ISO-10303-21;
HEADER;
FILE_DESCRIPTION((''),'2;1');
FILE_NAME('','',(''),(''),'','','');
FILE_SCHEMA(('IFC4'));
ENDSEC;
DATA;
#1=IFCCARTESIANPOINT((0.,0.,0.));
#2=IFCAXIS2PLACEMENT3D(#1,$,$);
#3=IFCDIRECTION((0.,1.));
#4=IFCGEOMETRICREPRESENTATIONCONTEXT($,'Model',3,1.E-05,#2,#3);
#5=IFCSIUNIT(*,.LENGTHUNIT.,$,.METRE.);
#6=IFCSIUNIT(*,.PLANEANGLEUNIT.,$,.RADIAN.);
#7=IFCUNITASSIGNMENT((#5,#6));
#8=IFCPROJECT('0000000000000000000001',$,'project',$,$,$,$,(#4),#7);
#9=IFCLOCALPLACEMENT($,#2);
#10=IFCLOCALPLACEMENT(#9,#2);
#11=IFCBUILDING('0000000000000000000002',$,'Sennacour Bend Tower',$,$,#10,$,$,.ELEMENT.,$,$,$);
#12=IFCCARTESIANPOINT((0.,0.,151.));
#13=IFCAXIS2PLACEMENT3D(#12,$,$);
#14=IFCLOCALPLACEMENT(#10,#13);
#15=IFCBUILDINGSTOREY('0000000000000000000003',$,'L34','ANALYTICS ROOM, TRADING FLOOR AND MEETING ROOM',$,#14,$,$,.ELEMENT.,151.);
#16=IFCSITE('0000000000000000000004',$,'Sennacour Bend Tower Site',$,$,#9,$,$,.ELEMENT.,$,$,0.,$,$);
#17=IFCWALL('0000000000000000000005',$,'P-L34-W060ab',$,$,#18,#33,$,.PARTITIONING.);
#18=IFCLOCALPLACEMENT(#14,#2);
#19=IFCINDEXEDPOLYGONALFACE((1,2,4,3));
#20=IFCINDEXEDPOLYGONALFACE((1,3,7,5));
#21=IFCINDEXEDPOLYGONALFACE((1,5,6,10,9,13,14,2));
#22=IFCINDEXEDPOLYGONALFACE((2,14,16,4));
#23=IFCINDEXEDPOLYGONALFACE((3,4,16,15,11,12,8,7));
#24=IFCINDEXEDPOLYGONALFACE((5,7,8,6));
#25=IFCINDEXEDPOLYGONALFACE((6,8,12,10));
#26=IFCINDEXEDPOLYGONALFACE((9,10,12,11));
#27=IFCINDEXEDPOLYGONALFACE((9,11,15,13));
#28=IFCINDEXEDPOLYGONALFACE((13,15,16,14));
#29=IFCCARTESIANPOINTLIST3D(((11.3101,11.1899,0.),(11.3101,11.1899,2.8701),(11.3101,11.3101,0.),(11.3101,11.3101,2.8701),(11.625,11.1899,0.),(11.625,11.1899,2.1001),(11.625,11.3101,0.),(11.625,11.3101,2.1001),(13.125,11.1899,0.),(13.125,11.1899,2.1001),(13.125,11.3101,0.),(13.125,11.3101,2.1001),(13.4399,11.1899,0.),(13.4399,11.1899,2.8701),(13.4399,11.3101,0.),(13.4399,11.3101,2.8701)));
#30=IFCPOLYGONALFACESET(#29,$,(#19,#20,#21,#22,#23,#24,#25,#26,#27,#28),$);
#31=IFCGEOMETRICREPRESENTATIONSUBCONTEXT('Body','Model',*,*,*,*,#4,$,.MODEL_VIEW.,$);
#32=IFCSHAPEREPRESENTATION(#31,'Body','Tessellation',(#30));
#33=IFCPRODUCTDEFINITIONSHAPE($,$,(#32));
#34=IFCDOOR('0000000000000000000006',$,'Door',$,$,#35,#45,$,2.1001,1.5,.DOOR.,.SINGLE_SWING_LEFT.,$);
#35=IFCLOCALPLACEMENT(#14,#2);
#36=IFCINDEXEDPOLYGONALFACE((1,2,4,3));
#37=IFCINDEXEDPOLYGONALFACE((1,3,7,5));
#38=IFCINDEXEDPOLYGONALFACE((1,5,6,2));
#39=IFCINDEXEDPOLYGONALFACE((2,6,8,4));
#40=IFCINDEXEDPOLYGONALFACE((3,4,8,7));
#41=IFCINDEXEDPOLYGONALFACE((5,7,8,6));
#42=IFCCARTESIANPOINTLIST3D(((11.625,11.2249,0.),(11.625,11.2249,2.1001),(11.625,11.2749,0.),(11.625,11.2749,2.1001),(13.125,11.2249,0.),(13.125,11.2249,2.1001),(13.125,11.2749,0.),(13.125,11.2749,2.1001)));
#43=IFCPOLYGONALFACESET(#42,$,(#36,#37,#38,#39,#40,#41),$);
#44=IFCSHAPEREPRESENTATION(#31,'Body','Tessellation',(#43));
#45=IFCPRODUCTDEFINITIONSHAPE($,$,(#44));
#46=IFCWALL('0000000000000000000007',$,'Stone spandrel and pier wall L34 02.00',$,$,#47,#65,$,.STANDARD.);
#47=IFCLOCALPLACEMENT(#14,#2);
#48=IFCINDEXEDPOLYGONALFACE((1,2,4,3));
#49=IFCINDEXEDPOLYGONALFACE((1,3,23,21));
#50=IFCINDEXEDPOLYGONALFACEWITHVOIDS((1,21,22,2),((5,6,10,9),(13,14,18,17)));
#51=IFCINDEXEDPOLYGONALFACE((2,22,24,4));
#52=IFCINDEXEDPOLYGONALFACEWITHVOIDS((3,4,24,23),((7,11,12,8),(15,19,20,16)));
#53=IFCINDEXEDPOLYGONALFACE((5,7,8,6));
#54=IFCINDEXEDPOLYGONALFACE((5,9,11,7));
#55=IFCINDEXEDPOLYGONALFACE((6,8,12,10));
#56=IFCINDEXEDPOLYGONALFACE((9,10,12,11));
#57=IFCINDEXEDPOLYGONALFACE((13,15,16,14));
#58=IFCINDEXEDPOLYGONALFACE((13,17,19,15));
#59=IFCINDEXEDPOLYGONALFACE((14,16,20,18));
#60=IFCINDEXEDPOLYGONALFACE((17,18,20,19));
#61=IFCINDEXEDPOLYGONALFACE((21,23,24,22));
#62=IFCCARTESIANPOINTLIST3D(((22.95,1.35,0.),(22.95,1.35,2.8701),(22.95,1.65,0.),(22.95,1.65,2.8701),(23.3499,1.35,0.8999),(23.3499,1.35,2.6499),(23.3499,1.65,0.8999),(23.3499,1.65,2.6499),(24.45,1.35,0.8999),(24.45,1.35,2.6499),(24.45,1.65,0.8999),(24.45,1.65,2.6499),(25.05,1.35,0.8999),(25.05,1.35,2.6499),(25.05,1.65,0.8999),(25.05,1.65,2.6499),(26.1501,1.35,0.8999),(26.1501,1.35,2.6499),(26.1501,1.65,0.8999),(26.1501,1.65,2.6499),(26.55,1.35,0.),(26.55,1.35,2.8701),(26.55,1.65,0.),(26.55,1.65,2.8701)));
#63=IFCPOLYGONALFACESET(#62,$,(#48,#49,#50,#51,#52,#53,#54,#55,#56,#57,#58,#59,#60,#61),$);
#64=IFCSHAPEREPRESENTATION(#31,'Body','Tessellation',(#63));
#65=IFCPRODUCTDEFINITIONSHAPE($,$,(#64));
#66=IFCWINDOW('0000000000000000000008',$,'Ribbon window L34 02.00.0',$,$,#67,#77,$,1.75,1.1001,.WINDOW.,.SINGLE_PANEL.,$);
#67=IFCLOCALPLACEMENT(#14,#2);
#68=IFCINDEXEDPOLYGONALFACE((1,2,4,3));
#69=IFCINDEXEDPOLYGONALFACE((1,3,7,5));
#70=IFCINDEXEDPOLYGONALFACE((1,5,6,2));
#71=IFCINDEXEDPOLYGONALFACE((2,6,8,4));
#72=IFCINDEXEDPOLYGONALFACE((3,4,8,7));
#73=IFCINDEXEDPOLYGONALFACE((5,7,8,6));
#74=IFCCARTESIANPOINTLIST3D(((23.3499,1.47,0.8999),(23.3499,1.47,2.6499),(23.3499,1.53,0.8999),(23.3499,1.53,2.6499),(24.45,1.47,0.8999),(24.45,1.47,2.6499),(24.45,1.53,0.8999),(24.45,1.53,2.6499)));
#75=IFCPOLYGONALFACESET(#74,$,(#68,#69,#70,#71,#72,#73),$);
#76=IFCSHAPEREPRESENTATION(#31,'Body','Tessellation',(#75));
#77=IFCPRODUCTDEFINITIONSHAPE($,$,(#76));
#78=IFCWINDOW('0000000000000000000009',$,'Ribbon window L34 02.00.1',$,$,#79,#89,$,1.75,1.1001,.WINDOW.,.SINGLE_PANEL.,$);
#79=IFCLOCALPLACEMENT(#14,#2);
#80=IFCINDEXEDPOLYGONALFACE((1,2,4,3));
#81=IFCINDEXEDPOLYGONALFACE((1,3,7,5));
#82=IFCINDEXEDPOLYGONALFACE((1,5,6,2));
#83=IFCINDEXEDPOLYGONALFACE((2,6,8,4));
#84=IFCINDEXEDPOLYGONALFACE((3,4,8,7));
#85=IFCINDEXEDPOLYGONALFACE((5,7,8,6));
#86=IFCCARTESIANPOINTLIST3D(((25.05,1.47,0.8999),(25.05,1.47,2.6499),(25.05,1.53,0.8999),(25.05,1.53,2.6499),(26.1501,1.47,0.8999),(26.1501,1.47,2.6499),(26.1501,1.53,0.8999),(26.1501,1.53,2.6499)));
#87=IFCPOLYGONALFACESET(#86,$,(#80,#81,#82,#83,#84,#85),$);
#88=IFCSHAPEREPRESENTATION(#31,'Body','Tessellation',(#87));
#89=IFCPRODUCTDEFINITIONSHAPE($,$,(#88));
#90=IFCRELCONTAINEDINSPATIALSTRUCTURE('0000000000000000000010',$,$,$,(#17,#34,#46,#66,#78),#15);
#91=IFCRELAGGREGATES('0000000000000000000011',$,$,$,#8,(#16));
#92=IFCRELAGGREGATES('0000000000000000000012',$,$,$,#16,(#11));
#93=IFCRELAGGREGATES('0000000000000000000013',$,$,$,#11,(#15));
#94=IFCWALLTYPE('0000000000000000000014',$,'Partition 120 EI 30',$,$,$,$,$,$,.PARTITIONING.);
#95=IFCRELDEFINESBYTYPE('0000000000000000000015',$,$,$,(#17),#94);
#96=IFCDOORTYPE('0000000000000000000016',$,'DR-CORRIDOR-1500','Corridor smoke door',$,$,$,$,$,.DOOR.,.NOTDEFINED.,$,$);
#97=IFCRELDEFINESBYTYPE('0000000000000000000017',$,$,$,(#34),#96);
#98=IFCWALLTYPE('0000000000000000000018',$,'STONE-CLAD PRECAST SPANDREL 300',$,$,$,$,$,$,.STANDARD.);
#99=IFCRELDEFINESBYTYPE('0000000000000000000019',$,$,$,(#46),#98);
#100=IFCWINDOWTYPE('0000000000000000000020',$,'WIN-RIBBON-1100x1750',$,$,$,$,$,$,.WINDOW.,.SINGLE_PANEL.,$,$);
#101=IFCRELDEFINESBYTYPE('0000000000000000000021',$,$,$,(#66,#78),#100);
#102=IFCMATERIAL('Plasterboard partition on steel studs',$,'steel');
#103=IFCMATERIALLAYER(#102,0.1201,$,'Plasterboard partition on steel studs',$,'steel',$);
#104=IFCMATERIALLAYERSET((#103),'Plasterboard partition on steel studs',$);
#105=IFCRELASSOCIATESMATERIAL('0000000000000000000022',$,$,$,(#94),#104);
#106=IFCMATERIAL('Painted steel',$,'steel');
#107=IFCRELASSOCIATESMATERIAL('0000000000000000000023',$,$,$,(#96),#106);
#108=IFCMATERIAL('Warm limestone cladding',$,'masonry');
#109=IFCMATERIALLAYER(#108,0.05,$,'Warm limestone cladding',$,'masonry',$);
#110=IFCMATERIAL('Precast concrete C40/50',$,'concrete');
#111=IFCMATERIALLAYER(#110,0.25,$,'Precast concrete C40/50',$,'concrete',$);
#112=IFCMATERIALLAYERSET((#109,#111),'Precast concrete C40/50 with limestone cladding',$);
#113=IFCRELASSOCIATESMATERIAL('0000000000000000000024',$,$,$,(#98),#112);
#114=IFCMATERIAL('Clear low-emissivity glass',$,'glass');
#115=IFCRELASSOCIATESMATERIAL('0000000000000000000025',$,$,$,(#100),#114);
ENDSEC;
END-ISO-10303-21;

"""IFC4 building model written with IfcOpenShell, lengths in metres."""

from ifc_helpers import new_model, si_unit, direction, frame, frame_2d, origin, place, context, subcontext, project, spatial, rectangle, extrude, material, layer, layer_set, type_object, element, fill, save


model = new_model("IFC4")

# Units and contexts
model_context = context("Model", 3, precision=1e-05, world=origin(), true_north=direction((0.0, 1.0)))
body_context = subcontext(model_context, "Body", "Model", "MODEL_VIEW")
ifc_project = project(units=[si_unit("LENGTHUNIT", "METRE"), si_unit("PLANEANGLEUNIT", "RADIAN")], contexts=[model_context])

# Site, building, storey
site_placement = place(None, origin())
site = spatial("IfcSite", under=ifc_project, at=site_placement, Name="Sennacour Bend Tower Site", CompositionType="ELEMENT", RefElevation=0.0)
building_placement = place(site_placement, origin())
building = spatial("IfcBuilding", under=site, at=building_placement, Name="Sennacour Bend Tower", CompositionType="ELEMENT")
storey_placement = place(building_placement, frame((0.0, 0.0, 151.0)))
storey = spatial("IfcBuildingStorey", under=building, at=storey_placement, Name="L34", Description="ANALYTICS ROOM, TRADING FLOOR AND MEETING ROOM", CompositionType="ELEMENT", Elevation=151.0)

# Shared definitions
ifc_material_1 = material(Name="Plasterboard partition on steel studs", Category="steel")

# Wall, opening, door
ifc_layer_1 = layer(ifc_material_1, 0.1201, Name="Plasterboard partition on steel studs", Category="steel")
ifc_layer_set_1 = layer_set([ifc_layer_1], Name="Plasterboard partition on steel studs")
wall_type_1 = type_object("IfcWallType", Name="Partition 120 EI 30", PredefinedType="PARTITIONING", material=ifc_layer_set_1)
wall_1_placement = place(storey_placement, frame((11.3101, 11.25, 0.0), z_axis=(0.0, 0.0, 1.0), x_axis=(1.0, 0.0, 0.0)))
wall_1 = element("IfcWall", 1, at=wall_1_placement, inside=storey, type_object=wall_type_1, Name="P-L34-W060ab", PredefinedType="PARTITIONING", context=body_context, shape_type="SweptSolid", body=[
    extrude(rectangle(XDim=2.1299, YDim=0.1201, at=frame_2d((1.0649, 0.0))), origin(), (0.0, 0.0, 1.0), 2.8701),
])
opening_1_placement = place(wall_1_placement, frame((0.3149, 0.0, 0.0)))
opening_1 = element("IfcOpeningElement", 2, at=opening_1_placement, cuts=wall_1, PredefinedType="OPENING", context=body_context, shape_type="SweptSolid", body=[
    extrude(rectangle(XDim=1.5, YDim=2.1001, at=frame_2d((0.75, 1.05))), frame((0.0, 0.0701, 0.0), z_axis=(0.0, -1.0, 0.0), x_axis=(1.0, 0.0, 0.0)), (0.0, 0.0, 1.0), 0.1401),
])
ifc_material_2 = material(Name="Painted steel", Category="steel")
door_type_1 = type_object("IfcDoorType", Name="DR-CORRIDOR-1500", Description="Corridor smoke door", OperationType="NOTDEFINED", PredefinedType="DOOR", material=ifc_material_2)
door_1_placement = place(opening_1_placement, origin())
door_1 = element("IfcDoor", 3, at=door_1_placement, inside=storey, type_object=door_type_1, Name="Door", OperationType="SINGLE_SWING_LEFT", OverallHeight=2.1001, OverallWidth=1.5, PredefinedType="DOOR", context=body_context, shape_type="SweptSolid", body=[
    extrude(rectangle(XDim=1.5, YDim=2.1001, at=frame_2d((0.75, 1.05))), frame((0.0, 0.0249, 0.0), z_axis=(0.0, -1.0, 0.0), x_axis=(1.0, 0.0, 0.0)), (0.0, 0.0, 1.0), 0.05),
])
fill(opening_1, door_1)

# Wall, openings, windows
ifc_material_3 = material(Name="Warm limestone cladding", Category="masonry")
ifc_layer_2 = layer(ifc_material_3, 0.05, Name="Warm limestone cladding", Category="masonry")
ifc_material_4 = material(Name="Precast concrete C40/50", Category="concrete")
ifc_layer_3 = layer(ifc_material_4, 0.25, Name="Precast concrete C40/50", Category="concrete")
ifc_layer_set_2 = layer_set([ifc_layer_2, ifc_layer_3], Name="Precast concrete C40/50 with limestone cladding")
wall_type_2 = type_object("IfcWallType", Name="STONE-CLAD PRECAST SPANDREL 300", PredefinedType="STANDARD", material=ifc_layer_set_2)
wall_2_placement = place(storey_placement, frame((22.95, 1.5, 0.0), z_axis=(0.0, 0.0, 1.0), x_axis=(1.0, 0.0, 0.0)))
wall_2 = element("IfcWall", 4, at=wall_2_placement, inside=storey, type_object=wall_type_2, Name="Stone spandrel and pier wall L34 02.00", PredefinedType="STANDARD", context=body_context, shape_type="SweptSolid", body=[
    extrude(rectangle(XDim=3.6001, YDim=0.3, at=frame_2d((1.8, 0.0))), origin(), (0.0, 0.0, 1.0), 2.8701),
])
opening_2_placement = place(wall_2_placement, frame((0.3999, 0.0, 0.8999)))
opening_2 = element("IfcOpeningElement", 5, at=opening_2_placement, cuts=wall_2, PredefinedType="OPENING", context=body_context, shape_type="SweptSolid", body=[
    extrude(rectangle(XDim=1.1001, YDim=1.75, at=frame_2d((0.55, 0.875))), frame((0.0, 0.1602, 0.0), z_axis=(0.0, -1.0, 0.0), x_axis=(1.0, 0.0, 0.0)), (0.0, 0.0, 1.0), 0.3201),
])
opening_3_placement = place(wall_2_placement, frame((2.1001, 0.0, 0.8999)))
opening_3 = element("IfcOpeningElement", 6, at=opening_3_placement, cuts=wall_2, PredefinedType="OPENING", context=body_context, shape_type="SweptSolid", body=[
    extrude(rectangle(XDim=1.1001, YDim=1.75, at=frame_2d((0.55, 0.875))), frame((0.0, 0.1602, 0.0), z_axis=(0.0, -1.0, 0.0), x_axis=(1.0, 0.0, 0.0)), (0.0, 0.0, 1.0), 0.3201),
])
ifc_material_5 = material(Name="Clear low-emissivity glass", Category="glass")
window_type = type_object("IfcWindowType", Name="WIN-RIBBON-1100x1750", PartitioningType="SINGLE_PANEL", PredefinedType="WINDOW", material=ifc_material_5)
window_1_placement = place(opening_2_placement, origin())
window_1 = element("IfcWindow", 7, at=window_1_placement, inside=storey, type_object=window_type, Name="Ribbon window L34 02.00.0", OverallHeight=1.75, OverallWidth=1.1001, PartitioningType="SINGLE_PANEL", PredefinedType="WINDOW", context=body_context, shape_type="SweptSolid", body=[
    extrude(rectangle(XDim=1.1001, YDim=1.75, at=frame_2d((0.55, 0.875))), frame((0.0, 0.03, 0.0), z_axis=(0.0, -1.0, 0.0), x_axis=(1.0, 0.0, 0.0)), (0.0, 0.0, 1.0), 0.0601),
])
fill(opening_2, window_1)
window_2_placement = place(opening_3_placement, origin())
window_2 = element("IfcWindow", 8, at=window_2_placement, inside=storey, type_object=window_type, Name="Ribbon window L34 02.00.1", OverallHeight=1.75, OverallWidth=1.1001, PartitioningType="SINGLE_PANEL", PredefinedType="WINDOW", context=body_context, shape_type="SweptSolid", body=[
    extrude(rectangle(XDim=1.1001, YDim=1.75, at=frame_2d((0.55, 0.875))), frame((0.0, 0.03, 0.0), z_axis=(0.0, -1.0, 0.0), x_axis=(1.0, 0.0, 0.0)), (0.0, 0.0, 1.0), 0.0601),
])
fill(opening_3, window_2)

save(model, "model.ifc")
